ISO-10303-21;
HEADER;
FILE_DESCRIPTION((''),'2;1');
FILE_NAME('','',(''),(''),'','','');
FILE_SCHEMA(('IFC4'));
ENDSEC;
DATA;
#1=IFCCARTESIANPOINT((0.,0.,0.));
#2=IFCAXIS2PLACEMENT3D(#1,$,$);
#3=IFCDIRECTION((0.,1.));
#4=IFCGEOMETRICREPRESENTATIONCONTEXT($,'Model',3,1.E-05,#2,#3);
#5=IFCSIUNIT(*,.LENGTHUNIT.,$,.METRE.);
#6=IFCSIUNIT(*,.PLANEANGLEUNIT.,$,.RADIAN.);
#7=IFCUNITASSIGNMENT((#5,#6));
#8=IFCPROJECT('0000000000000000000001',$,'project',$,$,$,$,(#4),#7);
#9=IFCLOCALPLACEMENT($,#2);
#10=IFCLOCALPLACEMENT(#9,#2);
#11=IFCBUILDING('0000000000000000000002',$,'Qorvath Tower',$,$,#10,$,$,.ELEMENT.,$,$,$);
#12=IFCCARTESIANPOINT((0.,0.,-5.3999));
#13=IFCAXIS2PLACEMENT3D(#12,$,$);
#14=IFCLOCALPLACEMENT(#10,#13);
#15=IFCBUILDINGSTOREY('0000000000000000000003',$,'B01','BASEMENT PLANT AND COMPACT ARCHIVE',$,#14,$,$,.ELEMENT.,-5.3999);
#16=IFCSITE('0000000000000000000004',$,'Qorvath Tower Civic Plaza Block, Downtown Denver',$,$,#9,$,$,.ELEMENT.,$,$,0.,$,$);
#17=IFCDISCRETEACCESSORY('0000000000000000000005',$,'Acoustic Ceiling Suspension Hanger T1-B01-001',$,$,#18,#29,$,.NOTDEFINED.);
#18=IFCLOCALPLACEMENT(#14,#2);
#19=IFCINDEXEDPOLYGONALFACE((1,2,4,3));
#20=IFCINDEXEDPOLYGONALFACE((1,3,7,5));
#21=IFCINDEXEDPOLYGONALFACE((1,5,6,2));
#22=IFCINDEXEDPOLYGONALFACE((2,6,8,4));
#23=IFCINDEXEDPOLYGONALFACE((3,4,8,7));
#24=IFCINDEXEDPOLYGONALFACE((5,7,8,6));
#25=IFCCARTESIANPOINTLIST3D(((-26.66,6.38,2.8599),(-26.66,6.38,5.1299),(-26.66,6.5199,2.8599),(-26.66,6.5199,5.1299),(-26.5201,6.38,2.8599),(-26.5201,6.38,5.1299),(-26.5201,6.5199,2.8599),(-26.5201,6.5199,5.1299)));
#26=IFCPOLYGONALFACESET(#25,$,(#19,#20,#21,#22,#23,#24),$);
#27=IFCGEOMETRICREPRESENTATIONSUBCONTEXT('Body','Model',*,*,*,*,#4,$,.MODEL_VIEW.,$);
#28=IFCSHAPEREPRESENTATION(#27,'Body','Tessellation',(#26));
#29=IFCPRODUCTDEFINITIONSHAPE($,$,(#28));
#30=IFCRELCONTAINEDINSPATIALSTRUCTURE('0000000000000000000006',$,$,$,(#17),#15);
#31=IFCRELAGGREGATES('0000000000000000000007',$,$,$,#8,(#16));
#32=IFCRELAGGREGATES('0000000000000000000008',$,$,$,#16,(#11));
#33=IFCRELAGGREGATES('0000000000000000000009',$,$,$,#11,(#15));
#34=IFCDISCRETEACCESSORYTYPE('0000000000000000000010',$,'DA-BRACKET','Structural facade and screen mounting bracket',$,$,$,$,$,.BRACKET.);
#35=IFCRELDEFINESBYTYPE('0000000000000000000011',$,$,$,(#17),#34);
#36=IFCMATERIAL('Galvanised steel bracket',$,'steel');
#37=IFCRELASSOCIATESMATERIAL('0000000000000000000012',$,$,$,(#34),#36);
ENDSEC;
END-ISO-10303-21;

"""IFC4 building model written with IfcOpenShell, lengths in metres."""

from ifc_helpers import new_model, si_unit, direction, frame, origin, origin_2d, place, context, subcontext, project, spatial, rectangle, extrude, material, type_object, element, save


model = new_model("IFC4")

# Units and contexts
model_context = context("Model", 3, precision=1e-05, world=origin(), true_north=direction((0.0, 1.0)))
body_context = subcontext(model_context, "Body", "Model", "MODEL_VIEW")
ifc_project = project(units=[si_unit("LENGTHUNIT", "METRE"), si_unit("PLANEANGLEUNIT", "RADIAN")], contexts=[model_context])

# Site, building, storey
site_placement = place(None, origin())
site = spatial("IfcSite", under=ifc_project, at=site_placement, Name="Qorvath Tower Civic Plaza Block, Downtown Denver", CompositionType="ELEMENT", RefElevation=0.0)
building_placement = place(site_placement, origin())
building = spatial("IfcBuilding", under=site, at=building_placement, Name="Qorvath Tower", CompositionType="ELEMENT")
storey_placement = place(building_placement, frame((0.0, 0.0, -5.3999)))
storey = spatial("IfcBuildingStorey", under=building, at=storey_placement, Name="B01", Description="BASEMENT PLANT AND COMPACT ARCHIVE", CompositionType="ELEMENT", Elevation=-5.3999)

# Discrete accessory
ifc_material_1 = material(Name="Galvanised steel bracket", Category="steel")
discrete_accessory_type = type_object("IfcDiscreteAccessoryType", Name="DA-BRACKET", Description="Structural facade and screen mounting bracket", PredefinedType="BRACKET", material=ifc_material_1)
discrete_accessory_placement = place(storey_placement, frame((-26.5901, 6.45, 2.8599), z_axis=(0.0, 0.0, 1.0), x_axis=(1.0, 0.0, 0.0)))
element("IfcDiscreteAccessory", 1, at=discrete_accessory_placement, inside=storey, type_object=discrete_accessory_type, Name="Acoustic Ceiling Suspension Hanger T1-B01-001", PredefinedType="NOTDEFINED", context=body_context, shape_type="SweptSolid", body=[
    extrude(rectangle(XDim=0.1399, YDim=0.1399, at=origin_2d()), origin(), (0.0, 0.0, 1.0), 2.27),
])

save(model, "model.ifc")
